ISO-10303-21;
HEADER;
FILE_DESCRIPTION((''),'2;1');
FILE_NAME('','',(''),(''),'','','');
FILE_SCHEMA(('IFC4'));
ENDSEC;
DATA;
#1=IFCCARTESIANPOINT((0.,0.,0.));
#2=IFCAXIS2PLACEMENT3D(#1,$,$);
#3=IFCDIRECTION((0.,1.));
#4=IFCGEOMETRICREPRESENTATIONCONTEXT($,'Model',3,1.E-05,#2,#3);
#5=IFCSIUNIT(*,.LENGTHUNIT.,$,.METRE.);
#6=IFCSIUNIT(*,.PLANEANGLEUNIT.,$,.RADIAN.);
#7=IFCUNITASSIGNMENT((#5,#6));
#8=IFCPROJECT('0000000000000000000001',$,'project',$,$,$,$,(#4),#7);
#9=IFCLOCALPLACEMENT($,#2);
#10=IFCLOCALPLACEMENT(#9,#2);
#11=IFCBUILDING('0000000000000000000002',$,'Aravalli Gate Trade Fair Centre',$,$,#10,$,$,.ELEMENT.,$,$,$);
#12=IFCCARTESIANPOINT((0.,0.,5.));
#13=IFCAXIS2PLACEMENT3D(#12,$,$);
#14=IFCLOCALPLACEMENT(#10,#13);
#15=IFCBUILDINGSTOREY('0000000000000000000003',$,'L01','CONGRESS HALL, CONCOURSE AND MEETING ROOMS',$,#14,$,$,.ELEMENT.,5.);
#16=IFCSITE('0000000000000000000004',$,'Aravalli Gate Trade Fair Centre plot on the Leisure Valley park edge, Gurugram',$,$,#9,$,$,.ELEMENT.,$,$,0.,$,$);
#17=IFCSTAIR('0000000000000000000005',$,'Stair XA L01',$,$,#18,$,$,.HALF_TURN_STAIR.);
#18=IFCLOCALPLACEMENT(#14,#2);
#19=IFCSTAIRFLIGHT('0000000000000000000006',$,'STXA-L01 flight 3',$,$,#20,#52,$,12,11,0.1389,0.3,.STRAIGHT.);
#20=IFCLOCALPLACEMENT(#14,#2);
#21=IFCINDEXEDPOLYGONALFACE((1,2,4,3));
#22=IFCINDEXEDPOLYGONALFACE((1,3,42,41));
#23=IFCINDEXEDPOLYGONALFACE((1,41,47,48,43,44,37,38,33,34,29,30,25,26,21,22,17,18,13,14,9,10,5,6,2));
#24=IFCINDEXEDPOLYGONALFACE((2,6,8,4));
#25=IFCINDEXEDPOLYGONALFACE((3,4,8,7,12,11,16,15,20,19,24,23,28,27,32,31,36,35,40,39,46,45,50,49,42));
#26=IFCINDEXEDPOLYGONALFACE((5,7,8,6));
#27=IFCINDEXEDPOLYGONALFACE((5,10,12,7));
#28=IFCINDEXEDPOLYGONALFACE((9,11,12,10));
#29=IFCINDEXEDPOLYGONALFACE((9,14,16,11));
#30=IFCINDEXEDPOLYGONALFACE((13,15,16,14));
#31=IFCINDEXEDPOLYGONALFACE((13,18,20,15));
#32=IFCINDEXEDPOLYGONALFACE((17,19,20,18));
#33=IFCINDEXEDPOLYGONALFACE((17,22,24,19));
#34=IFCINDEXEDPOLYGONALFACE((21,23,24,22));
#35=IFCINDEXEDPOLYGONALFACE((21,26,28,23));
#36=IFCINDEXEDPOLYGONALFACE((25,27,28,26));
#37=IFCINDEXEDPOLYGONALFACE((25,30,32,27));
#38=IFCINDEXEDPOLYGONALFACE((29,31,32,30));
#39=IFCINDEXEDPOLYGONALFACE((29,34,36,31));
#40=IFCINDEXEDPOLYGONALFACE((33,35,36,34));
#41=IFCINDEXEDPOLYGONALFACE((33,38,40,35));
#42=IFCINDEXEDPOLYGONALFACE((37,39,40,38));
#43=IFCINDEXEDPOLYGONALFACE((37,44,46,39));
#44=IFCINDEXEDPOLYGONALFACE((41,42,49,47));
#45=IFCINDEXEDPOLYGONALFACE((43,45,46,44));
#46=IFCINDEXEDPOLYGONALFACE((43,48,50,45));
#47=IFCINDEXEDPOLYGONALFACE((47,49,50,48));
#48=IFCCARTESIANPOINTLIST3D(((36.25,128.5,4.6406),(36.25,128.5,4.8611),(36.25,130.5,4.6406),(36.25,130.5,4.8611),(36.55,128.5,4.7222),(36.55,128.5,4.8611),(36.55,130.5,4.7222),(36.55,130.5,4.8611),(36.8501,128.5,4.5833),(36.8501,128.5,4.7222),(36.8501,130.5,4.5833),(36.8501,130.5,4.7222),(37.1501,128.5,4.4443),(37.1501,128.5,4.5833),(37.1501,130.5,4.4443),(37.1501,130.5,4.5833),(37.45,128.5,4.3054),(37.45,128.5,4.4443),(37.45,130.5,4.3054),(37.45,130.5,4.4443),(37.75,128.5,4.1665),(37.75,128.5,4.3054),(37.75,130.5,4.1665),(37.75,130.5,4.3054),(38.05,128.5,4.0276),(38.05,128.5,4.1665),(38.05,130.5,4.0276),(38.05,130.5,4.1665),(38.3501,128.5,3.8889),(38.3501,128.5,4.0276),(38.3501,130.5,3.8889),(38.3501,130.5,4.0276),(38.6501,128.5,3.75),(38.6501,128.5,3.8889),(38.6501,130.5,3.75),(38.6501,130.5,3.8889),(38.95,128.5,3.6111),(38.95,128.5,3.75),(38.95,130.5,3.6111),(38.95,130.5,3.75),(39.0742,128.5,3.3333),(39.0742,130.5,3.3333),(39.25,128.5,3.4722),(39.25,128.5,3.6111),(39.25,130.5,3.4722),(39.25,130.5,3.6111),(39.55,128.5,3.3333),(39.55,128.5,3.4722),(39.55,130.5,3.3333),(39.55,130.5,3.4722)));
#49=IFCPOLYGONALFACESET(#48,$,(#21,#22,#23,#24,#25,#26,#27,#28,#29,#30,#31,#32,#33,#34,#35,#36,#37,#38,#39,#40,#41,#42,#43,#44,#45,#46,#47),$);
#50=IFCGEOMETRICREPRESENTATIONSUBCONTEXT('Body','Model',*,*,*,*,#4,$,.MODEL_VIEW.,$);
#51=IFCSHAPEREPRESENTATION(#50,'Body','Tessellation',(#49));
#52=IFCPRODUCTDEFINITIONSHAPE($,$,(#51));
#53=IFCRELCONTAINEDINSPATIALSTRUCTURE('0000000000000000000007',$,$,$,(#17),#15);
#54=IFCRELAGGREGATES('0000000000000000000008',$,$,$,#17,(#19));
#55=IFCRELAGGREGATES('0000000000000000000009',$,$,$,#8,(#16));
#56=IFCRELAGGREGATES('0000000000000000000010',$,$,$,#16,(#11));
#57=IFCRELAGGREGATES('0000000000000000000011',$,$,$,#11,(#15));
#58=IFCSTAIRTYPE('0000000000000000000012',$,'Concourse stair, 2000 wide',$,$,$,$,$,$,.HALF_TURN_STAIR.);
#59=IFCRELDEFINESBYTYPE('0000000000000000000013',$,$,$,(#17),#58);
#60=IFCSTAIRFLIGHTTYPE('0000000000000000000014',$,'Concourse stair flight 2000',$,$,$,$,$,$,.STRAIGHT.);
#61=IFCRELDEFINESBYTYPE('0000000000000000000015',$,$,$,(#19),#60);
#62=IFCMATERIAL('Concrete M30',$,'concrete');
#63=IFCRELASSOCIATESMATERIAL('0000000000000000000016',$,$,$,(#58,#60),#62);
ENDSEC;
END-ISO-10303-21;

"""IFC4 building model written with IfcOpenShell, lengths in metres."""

from ifc_helpers import new_model, si_unit, direction, frame, origin, place, context, subcontext, project, spatial, polyline, outline, extrude, material, type_object, element, aggregate, save


model = new_model("IFC4")

# Units and contexts
model_context = context("Model", 3, precision=1e-05, world=origin(), true_north=direction((0.0, 1.0)))
body_context = subcontext(model_context, "Body", "Model", "MODEL_VIEW")
ifc_project = project(units=[si_unit("LENGTHUNIT", "METRE"), si_unit("PLANEANGLEUNIT", "RADIAN")], contexts=[model_context])

# Site, building, storey
site_placement = place(None, origin())
site = spatial("IfcSite", under=ifc_project, at=site_placement, Name="Aravalli Gate Trade Fair Centre plot on the Leisure Valley park edge, Gurugram", CompositionType="ELEMENT", RefElevation=0.0)
building_placement = place(site_placement, origin())
building = spatial("IfcBuilding", under=site, at=building_placement, Name="Aravalli Gate Trade Fair Centre", CompositionType="ELEMENT")
storey_placement = place(building_placement, frame((0.0, 0.0, 5.0)))
storey = spatial("IfcBuildingStorey", under=building, at=storey_placement, Name="L01", Description="CONGRESS HALL, CONCOURSE AND MEETING ROOMS", CompositionType="ELEMENT", Elevation=5.0)

# Stair, stair flight
ifc_material_1 = material(Name="Concrete M30", Category="concrete")
stair_type = type_object("IfcStairType", Name="Concourse stair, 2000 wide", PredefinedType="HALF_TURN_STAIR", material=ifc_material_1)
stair_placement = place(storey_placement, origin())
stair = element("IfcStair", 1, at=stair_placement, inside=storey, type_object=stair_type, Name="Stair XA L01", PredefinedType="HALF_TURN_STAIR")
stair_flight_type = type_object("IfcStairFlightType", Name="Concourse stair flight 2000", PredefinedType="STRAIGHT", material=ifc_material_1)
stair_flight_1_placement = place(storey_placement, frame((39.55, 129.5, 3.3333), z_axis=(0.0, 0.0, 1.0), x_axis=(-1.0, 0.0, 0.0)))
stair_flight_1 = element("IfcStairFlight", 2, at=stair_flight_1_placement, type_object=stair_flight_type, Name="STXA-L01 flight 3", NumberOfRisers=12, NumberOfTreads=11, PredefinedType="STRAIGHT", RiserHeight=0.1389, TreadLength=0.3, context=body_context, shape_type="SweptSolid", body=[
    extrude(outline(polyline([(0.0, 0.0), (0.0, 0.1389), (0.3, 0.1389), (0.3, 0.2778), (0.6001, 0.2778), (0.6001, 0.4167), (0.8999, 0.4167), (0.8999, 0.5557), (1.2, 0.5557), (1.2, 0.6943), (1.5, 0.6943), (1.5, 0.8333), (1.8, 0.8333), (1.8, 0.9722), (2.1001, 0.9722), (2.1001, 1.1111), (2.3999, 1.1111), (2.3999, 1.25), (2.7, 1.25), (2.7, 1.3889), (3.0, 1.3889), (3.0, 1.5278), (3.3, 1.5278), (3.3, 1.6667), (3.3, 1.3074), (0.4758, 0.0), (0.0, 0.0)])), frame((0.0, 1.0, 0.0), z_axis=(0.0, -1.0, 0.0), x_axis=(1.0, 0.0, 0.0)), (0.0, 0.0, 1.0), 2.0),
])
aggregate(stair, [stair_flight_1])

save(model, "model.ifc")
